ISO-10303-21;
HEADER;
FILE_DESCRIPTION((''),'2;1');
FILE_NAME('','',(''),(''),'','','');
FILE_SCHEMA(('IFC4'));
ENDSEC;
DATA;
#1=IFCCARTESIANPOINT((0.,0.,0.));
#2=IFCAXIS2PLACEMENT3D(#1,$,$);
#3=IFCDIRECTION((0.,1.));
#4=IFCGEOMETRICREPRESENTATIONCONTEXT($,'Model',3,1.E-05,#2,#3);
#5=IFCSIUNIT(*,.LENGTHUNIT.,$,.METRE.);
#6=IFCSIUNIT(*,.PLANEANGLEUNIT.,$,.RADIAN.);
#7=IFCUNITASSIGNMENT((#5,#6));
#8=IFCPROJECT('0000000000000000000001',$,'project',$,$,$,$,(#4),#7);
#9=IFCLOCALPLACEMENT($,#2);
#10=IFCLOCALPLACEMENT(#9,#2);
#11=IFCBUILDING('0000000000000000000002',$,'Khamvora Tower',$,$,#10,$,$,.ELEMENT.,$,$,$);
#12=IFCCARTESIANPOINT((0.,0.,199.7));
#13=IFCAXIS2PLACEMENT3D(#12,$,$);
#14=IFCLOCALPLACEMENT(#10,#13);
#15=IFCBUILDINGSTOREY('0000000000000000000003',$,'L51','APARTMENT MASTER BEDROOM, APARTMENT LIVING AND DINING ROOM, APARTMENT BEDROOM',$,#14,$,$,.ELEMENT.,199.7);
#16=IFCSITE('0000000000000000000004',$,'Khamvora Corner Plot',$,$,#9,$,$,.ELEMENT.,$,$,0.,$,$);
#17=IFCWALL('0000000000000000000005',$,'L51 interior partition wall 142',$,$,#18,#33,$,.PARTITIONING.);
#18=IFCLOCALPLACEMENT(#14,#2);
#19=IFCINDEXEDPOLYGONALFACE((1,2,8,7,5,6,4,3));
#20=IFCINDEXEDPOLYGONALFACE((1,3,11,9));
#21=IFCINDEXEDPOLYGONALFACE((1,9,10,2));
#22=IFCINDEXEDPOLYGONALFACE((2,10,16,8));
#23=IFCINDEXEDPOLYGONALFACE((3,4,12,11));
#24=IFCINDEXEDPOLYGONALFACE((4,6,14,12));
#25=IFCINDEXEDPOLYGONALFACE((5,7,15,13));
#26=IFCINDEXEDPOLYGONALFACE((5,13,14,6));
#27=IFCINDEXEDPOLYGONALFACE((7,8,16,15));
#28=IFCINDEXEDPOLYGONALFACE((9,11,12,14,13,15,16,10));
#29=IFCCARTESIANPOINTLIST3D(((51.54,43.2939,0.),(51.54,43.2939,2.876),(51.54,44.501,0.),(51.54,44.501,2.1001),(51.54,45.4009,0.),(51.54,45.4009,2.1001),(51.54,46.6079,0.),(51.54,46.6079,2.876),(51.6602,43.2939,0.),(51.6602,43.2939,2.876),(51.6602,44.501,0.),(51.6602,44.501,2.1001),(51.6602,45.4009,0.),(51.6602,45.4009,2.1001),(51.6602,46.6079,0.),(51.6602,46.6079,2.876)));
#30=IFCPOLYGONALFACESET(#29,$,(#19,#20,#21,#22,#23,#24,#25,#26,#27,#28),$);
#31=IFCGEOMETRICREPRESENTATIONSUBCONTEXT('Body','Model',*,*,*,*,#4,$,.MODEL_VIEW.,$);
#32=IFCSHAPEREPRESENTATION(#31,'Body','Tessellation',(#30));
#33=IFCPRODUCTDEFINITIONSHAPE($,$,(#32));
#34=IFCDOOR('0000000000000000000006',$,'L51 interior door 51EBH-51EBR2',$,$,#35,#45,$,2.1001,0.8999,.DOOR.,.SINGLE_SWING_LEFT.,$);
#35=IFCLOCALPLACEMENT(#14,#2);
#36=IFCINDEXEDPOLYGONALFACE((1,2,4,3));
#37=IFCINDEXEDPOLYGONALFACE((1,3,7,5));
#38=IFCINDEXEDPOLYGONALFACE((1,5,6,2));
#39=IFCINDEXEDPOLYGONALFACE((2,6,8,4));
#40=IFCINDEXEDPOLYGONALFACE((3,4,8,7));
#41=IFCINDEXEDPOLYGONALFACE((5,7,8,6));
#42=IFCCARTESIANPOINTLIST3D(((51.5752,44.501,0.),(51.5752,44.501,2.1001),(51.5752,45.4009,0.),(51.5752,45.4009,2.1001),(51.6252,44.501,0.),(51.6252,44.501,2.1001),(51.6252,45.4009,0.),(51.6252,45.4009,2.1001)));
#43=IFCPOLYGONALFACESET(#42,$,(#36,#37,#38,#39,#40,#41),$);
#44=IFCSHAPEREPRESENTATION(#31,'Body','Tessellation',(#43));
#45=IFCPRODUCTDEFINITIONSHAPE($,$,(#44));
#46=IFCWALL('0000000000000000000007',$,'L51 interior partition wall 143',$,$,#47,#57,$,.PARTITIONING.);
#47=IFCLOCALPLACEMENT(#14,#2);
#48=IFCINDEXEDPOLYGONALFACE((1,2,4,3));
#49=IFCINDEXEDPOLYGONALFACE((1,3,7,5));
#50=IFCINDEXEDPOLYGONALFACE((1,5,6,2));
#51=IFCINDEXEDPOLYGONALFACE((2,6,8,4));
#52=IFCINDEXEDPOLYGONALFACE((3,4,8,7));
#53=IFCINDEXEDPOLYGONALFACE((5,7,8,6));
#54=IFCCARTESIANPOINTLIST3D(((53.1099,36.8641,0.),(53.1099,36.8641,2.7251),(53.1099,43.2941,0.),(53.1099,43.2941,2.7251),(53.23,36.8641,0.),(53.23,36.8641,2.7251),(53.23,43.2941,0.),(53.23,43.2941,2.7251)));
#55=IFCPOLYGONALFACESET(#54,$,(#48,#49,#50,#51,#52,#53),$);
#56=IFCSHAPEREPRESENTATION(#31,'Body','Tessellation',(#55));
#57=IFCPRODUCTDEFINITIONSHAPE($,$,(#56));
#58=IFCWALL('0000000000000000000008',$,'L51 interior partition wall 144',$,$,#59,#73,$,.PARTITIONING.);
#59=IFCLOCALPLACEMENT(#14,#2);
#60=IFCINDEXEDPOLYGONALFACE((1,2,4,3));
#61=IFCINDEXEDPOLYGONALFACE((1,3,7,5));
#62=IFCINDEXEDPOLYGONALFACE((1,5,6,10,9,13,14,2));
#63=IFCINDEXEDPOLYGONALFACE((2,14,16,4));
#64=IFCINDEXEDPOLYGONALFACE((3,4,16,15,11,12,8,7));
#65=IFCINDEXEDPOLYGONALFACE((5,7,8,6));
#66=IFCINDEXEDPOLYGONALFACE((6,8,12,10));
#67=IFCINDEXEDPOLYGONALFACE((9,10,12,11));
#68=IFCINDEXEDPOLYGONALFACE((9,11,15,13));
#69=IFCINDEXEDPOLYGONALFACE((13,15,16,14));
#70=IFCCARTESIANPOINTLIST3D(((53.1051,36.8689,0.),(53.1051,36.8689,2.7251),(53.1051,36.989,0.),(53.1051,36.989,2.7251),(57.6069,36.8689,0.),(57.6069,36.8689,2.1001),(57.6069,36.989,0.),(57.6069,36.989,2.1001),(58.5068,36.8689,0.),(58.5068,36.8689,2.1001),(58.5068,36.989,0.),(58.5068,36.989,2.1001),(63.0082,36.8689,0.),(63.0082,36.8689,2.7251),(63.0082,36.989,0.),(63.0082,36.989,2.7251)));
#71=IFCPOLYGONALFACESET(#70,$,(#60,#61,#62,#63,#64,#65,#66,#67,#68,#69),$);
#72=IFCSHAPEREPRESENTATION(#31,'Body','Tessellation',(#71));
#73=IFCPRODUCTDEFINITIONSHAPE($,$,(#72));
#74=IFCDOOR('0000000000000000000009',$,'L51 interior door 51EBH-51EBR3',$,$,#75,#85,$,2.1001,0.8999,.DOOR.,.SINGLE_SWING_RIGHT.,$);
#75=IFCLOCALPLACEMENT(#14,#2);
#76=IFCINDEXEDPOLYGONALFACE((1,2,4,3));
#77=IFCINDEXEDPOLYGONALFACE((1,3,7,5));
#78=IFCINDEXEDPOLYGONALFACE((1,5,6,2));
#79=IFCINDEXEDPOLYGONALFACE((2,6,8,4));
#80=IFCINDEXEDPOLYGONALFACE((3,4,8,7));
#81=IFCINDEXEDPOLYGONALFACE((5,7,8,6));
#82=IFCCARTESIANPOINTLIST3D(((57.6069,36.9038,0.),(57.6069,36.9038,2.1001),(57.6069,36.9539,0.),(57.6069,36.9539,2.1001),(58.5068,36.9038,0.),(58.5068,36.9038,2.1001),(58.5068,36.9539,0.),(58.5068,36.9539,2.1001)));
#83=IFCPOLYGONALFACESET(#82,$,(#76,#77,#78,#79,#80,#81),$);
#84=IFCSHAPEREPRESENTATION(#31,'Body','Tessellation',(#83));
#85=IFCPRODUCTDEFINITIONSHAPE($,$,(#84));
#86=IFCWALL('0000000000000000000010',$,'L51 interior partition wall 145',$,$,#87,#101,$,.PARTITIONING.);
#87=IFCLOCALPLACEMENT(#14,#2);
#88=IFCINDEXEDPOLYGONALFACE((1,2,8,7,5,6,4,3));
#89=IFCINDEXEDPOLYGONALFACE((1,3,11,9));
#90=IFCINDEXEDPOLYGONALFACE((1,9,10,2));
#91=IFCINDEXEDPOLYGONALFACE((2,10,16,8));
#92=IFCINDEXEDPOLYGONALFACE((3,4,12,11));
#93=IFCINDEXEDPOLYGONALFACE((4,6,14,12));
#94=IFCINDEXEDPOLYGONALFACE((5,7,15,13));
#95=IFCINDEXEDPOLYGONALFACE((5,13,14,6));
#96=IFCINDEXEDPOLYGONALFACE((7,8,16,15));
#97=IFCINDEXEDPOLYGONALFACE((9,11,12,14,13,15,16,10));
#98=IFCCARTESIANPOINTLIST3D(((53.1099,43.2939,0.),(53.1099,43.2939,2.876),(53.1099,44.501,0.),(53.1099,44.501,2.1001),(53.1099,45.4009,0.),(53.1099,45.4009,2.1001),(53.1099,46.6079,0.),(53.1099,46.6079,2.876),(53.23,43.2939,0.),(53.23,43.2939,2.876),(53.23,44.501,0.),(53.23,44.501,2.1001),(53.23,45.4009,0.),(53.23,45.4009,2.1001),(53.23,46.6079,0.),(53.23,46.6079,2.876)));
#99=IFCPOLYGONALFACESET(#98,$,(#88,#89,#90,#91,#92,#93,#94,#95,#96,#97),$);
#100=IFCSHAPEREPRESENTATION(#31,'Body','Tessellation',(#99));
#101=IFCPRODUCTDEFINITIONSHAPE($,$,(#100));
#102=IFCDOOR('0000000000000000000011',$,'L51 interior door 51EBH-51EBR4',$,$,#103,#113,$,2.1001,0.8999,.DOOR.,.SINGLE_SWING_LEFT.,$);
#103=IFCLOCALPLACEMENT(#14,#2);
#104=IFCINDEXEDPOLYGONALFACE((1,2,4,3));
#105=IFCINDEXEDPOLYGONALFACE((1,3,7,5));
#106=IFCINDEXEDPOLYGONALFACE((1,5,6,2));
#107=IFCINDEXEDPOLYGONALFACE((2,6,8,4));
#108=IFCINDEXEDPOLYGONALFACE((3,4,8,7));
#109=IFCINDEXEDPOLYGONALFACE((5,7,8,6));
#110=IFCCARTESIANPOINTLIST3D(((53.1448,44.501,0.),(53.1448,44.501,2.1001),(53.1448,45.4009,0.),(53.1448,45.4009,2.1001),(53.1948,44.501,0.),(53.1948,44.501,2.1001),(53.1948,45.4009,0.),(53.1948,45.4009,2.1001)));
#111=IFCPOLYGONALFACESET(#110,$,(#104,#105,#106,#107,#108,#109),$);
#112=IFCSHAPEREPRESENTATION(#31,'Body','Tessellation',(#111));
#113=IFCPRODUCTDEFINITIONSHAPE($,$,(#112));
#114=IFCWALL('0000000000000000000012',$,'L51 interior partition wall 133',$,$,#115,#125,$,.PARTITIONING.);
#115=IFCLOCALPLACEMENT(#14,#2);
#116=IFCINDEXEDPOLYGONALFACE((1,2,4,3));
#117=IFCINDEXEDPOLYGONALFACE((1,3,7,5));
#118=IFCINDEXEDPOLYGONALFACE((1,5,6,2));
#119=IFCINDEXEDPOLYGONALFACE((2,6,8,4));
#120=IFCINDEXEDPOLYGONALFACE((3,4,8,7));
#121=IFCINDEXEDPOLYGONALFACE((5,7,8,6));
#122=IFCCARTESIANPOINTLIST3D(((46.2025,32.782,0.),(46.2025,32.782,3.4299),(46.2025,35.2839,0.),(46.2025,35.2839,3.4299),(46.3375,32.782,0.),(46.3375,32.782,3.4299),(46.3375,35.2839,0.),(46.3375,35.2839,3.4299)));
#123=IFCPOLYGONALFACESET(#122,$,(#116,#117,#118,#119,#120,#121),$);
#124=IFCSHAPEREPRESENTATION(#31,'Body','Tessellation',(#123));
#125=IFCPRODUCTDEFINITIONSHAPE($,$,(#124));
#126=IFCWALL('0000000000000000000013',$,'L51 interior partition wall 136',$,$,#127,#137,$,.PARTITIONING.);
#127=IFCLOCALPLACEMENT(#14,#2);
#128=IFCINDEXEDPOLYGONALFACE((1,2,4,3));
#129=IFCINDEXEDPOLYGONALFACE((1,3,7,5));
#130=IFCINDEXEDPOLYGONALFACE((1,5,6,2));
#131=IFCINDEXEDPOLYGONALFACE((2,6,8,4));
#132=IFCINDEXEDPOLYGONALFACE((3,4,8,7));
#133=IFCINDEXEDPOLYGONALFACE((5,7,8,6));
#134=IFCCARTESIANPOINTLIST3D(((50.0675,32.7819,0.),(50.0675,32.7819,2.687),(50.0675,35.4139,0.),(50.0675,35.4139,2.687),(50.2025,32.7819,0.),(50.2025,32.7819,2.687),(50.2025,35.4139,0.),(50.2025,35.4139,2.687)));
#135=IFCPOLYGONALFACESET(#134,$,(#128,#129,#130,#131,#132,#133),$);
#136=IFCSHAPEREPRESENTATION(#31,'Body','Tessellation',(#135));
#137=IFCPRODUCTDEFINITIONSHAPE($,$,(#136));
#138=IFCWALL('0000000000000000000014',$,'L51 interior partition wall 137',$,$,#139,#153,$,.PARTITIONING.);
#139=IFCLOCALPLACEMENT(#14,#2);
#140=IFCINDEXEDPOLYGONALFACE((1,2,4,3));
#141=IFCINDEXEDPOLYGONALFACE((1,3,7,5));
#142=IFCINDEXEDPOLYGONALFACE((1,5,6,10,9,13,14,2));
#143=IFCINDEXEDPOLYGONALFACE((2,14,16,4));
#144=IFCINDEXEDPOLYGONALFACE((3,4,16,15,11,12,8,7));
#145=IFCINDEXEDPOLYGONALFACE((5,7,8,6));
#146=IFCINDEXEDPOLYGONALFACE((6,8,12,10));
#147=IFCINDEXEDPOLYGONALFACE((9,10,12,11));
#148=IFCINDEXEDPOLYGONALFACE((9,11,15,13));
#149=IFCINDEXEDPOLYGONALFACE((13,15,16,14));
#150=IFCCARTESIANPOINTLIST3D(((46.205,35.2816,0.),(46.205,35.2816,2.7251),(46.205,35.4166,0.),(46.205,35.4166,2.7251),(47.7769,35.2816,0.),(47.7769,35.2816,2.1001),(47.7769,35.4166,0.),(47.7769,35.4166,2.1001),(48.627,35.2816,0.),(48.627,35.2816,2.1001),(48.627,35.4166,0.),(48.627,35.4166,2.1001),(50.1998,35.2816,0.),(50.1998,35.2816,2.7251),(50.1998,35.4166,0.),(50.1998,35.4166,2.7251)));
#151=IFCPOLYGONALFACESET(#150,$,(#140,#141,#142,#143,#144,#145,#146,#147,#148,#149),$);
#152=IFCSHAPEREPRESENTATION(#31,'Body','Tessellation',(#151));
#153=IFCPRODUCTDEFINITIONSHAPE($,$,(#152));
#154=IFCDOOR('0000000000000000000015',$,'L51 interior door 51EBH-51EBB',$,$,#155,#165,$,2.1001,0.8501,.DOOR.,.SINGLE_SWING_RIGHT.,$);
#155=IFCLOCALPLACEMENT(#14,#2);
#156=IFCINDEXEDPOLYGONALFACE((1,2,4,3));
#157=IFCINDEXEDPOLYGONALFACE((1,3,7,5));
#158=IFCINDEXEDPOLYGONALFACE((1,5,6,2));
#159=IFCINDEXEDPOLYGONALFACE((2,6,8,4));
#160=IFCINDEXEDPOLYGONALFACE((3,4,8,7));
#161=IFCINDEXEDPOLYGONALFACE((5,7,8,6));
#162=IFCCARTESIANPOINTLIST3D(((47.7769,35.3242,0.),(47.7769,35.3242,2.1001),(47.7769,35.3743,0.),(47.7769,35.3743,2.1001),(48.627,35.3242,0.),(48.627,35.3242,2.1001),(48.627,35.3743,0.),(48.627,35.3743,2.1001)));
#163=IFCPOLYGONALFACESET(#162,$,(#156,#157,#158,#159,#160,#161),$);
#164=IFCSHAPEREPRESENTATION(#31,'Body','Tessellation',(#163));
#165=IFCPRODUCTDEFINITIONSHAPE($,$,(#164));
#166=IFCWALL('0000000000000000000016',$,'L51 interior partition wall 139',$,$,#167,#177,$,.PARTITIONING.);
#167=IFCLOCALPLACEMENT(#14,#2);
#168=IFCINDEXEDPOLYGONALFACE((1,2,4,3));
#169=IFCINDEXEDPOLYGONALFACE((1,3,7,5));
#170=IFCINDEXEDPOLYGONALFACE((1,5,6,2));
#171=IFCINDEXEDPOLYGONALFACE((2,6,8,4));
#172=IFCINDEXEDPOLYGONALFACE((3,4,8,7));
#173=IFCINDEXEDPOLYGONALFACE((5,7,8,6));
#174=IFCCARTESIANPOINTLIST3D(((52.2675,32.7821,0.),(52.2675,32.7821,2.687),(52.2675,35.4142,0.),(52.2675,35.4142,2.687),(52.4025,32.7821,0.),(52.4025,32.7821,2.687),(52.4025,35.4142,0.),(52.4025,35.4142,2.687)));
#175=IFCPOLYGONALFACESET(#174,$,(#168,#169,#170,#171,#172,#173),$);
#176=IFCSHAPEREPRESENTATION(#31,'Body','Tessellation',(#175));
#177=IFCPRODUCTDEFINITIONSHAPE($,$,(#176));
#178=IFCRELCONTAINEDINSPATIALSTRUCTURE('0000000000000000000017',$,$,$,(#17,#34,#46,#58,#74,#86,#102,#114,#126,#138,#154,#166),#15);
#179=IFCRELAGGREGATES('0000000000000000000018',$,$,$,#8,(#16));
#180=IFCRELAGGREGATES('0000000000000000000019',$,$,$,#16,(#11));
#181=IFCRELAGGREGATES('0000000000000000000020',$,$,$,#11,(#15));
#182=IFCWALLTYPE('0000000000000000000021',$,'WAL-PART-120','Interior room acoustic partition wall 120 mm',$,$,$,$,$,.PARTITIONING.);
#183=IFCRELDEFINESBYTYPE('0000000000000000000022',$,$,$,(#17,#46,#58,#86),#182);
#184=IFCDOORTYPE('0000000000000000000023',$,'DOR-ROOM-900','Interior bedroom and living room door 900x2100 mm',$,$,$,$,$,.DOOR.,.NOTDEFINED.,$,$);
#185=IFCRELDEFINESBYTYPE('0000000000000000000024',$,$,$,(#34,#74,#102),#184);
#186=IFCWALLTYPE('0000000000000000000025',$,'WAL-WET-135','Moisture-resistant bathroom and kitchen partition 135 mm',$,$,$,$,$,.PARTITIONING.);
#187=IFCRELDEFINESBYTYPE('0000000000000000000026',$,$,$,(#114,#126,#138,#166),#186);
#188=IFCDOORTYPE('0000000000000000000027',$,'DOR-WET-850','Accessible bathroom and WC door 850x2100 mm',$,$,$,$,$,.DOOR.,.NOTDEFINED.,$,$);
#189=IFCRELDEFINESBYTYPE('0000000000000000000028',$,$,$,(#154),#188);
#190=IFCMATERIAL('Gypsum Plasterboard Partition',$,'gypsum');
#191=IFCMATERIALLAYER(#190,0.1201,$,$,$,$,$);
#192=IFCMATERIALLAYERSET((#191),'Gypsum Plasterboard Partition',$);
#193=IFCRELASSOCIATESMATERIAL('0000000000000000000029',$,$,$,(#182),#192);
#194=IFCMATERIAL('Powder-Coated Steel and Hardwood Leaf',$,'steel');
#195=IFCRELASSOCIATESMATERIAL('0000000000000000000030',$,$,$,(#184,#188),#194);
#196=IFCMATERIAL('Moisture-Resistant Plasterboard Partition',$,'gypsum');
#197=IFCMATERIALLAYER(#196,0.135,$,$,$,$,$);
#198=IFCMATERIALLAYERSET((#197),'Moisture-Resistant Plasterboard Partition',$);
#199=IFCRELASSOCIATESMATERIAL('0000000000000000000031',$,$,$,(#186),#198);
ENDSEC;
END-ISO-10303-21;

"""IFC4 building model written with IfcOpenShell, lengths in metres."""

from ifc_helpers import new_model, si_unit, direction, frame, frame_2d, origin, place, context, subcontext, project, spatial, rectangle, extrude, material, layer, layer_set, type_object, element, fill, save


model = new_model("IFC4")

# Units and contexts
model_context = context("Model", 3, precision=1e-05, world=origin(), true_north=direction((0.0, 1.0)))
body_context = subcontext(model_context, "Body", "Model", "MODEL_VIEW")
ifc_project = project(units=[si_unit("LENGTHUNIT", "METRE"), si_unit("PLANEANGLEUNIT", "RADIAN")], contexts=[model_context])

# Site, building, storey
site_placement = place(None, origin())
site = spatial("IfcSite", under=ifc_project, at=site_placement, Name="Khamvora Corner Plot", CompositionType="ELEMENT", RefElevation=0.0)
building_placement = place(site_placement, origin())
building = spatial("IfcBuilding", under=site, at=building_placement, Name="Khamvora Tower", CompositionType="ELEMENT")
storey_placement = place(building_placement, frame((0.0, 0.0, 199.7)))
storey = spatial("IfcBuildingStorey", under=building, at=storey_placement, Name="L51", Description="APARTMENT MASTER BEDROOM, APARTMENT LIVING AND DINING ROOM, APARTMENT BEDROOM", CompositionType="ELEMENT", Elevation=199.7)

# Shared definitions
ifc_material_1 = material(Name="Powder-Coated Steel and Hardwood Leaf", Category="steel")

# Shared definitions
ifc_material_2 = material(Name="Gypsum Plasterboard Partition", Category="gypsum")
ifc_layer_1 = layer(ifc_material_2, 0.1201)
ifc_layer_set_1 = layer_set([ifc_layer_1], Name="Gypsum Plasterboard Partition")
wall_type_1 = type_object("IfcWallType", Name="WAL-PART-120", Description="Interior room acoustic partition wall 120 mm", PredefinedType="PARTITIONING", material=ifc_layer_set_1)

# Wall, opening, door
wall_1_placement = place(storey_placement, frame((51.6001, 43.2939, 0.0), z_axis=(0.0, 0.0, 1.0), x_axis=(0.0, 1.0, 0.0)))
wall_1 = element("IfcWall", 1, at=wall_1_placement, inside=storey, type_object=wall_type_1, Name="L51 interior partition wall 142", PredefinedType="PARTITIONING", context=body_context, shape_type="SweptSolid", body=[
    extrude(rectangle(XDim=3.314, YDim=0.1201, at=frame_2d((1.657, 0.0))), origin(), (0.0, 0.0, 1.0), 2.876),
])
opening_1_placement = place(wall_1_placement, frame((1.207, 0.0, 0.0)))
opening_1 = element("IfcOpeningElement", 2, at=opening_1_placement, cuts=wall_1, PredefinedType="OPENING", context=body_context, shape_type="SweptSolid", body=[
    extrude(rectangle(XDim=0.8999, YDim=2.1001, at=frame_2d((0.45, 1.05))), frame((0.0, 0.0701, 0.0), z_axis=(0.0, -1.0, 0.0), x_axis=(1.0, 0.0, 0.0)), (0.0, 0.0, 1.0), 0.1401),
])
door_type_1 = type_object("IfcDoorType", Name="DOR-ROOM-900", Description="Interior bedroom and living room door 900x2100 mm", OperationType="NOTDEFINED", PredefinedType="DOOR", material=ifc_material_1)
door_1_placement = place(opening_1_placement, origin())
door_1 = element("IfcDoor", 3, at=door_1_placement, inside=storey, type_object=door_type_1, Name="L51 interior door 51EBH-51EBR2", OperationType="SINGLE_SWING_LEFT", OverallHeight=2.1001, OverallWidth=0.8999, PredefinedType="DOOR", context=body_context, shape_type="SweptSolid", body=[
    extrude(rectangle(XDim=0.8999, YDim=2.1001, at=frame_2d((0.45, 1.05))), frame((0.0, 0.0249, 0.0), z_axis=(0.0, -1.0, 0.0), x_axis=(1.0, 0.0, 0.0)), (0.0, 0.0, 1.0), 0.05),
])
fill(opening_1, door_1)

# Wall
wall_2_placement = place(storey_placement, frame((53.1699, 43.2939, 0.0), z_axis=(0.0, 0.0, 1.0), x_axis=(0.0, -1.0, 0.0)))
element("IfcWall", 4, at=wall_2_placement, inside=storey, type_object=wall_type_1, Name="L51 interior partition wall 143", PredefinedType="PARTITIONING", context=body_context, shape_type="SweptSolid", body=[
    extrude(rectangle(XDim=6.4299, YDim=0.1201, at=frame_2d((3.2148, 0.0))), origin(), (0.0, 0.0, 1.0), 2.7251),
])

# Walls, openings, doors
wall_3_placement = place(storey_placement, frame((53.105, 36.929, 0.0), z_axis=(0.0, 0.0, 1.0), x_axis=(1.0, 0.0, 0.0)))
wall_3 = element("IfcWall", 5, at=wall_3_placement, inside=storey, type_object=wall_type_1, Name="L51 interior partition wall 144", PredefinedType="PARTITIONING", context=body_context, shape_type="SweptSolid", body=[
    extrude(rectangle(XDim=9.9031, YDim=0.1201, at=frame_2d((4.9517, 0.0))), origin(), (0.0, 0.0, 1.0), 2.7251),
])
opening_2_placement = place(wall_3_placement, frame((4.502, 0.0, 0.0)))
opening_2 = element("IfcOpeningElement", 6, at=opening_2_placement, cuts=wall_3, PredefinedType="OPENING", context=body_context, shape_type="SweptSolid", body=[
    extrude(rectangle(XDim=0.8999, YDim=2.1001, at=frame_2d((0.45, 1.05))), frame((0.0, 0.0701, 0.0), z_axis=(0.0, -1.0, 0.0), x_axis=(1.0, 0.0, 0.0)), (0.0, 0.0, 1.0), 0.1401),
])
door_2_placement = place(opening_2_placement, origin())
door_2 = element("IfcDoor", 7, at=door_2_placement, inside=storey, type_object=door_type_1, Name="L51 interior door 51EBH-51EBR3", OperationType="SINGLE_SWING_RIGHT", OverallHeight=2.1001, OverallWidth=0.8999, PredefinedType="DOOR", context=body_context, shape_type="SweptSolid", body=[
    extrude(rectangle(XDim=0.8999, YDim=2.1001, at=frame_2d((0.45, 1.05))), frame((0.0, 0.0249, 0.0), z_axis=(0.0, -1.0, 0.0), x_axis=(1.0, 0.0, 0.0)), (0.0, 0.0, 1.0), 0.05),
])
fill(opening_2, door_2)
wall_4_placement = place(storey_placement, frame((53.1699, 46.6079, 0.0), z_axis=(0.0, 0.0, 1.0), x_axis=(0.0, -1.0, 0.0)))
wall_4 = element("IfcWall", 8, at=wall_4_placement, inside=storey, type_object=wall_type_1, Name="L51 interior partition wall 145", PredefinedType="PARTITIONING", context=body_context, shape_type="SweptSolid", body=[
    extrude(rectangle(XDim=3.314, YDim=0.1201, at=frame_2d((1.657, 0.0))), origin(), (0.0, 0.0, 1.0), 2.876),
])
opening_3_placement = place(wall_4_placement, frame((1.207, 0.0, 0.0)))
opening_3 = element("IfcOpeningElement", 9, at=opening_3_placement, cuts=wall_4, PredefinedType="OPENING", context=body_context, shape_type="SweptSolid", body=[
    extrude(rectangle(XDim=0.8999, YDim=2.1001, at=frame_2d((0.45, 1.05))), frame((0.0, 0.0701, 0.0), z_axis=(0.0, -1.0, 0.0), x_axis=(1.0, 0.0, 0.0)), (0.0, 0.0, 1.0), 0.1401),
])
door_3_placement = place(opening_3_placement, origin())
door_3 = element("IfcDoor", 10, at=door_3_placement, inside=storey, type_object=door_type_1, Name="L51 interior door 51EBH-51EBR4", OperationType="SINGLE_SWING_LEFT", OverallHeight=2.1001, OverallWidth=0.8999, PredefinedType="DOOR", context=body_context, shape_type="SweptSolid", body=[
    extrude(rectangle(XDim=0.8999, YDim=2.1001, at=frame_2d((0.45, 1.05))), frame((0.0, 0.0249, 0.0), z_axis=(0.0, -1.0, 0.0), x_axis=(1.0, 0.0, 0.0)), (0.0, 0.0, 1.0), 0.05),
])
fill(opening_3, door_3)

# Walls
ifc_material_3 = material(Name="Moisture-Resistant Plasterboard Partition", Category="gypsum")
ifc_layer_2 = layer(ifc_material_3, 0.135)
ifc_layer_set_2 = layer_set([ifc_layer_2], Name="Moisture-Resistant Plasterboard Partition")
wall_type_2 = type_object("IfcWallType", Name="WAL-WET-135", Description="Moisture-resistant bathroom and kitchen partition 135 mm", PredefinedType="PARTITIONING", material=ifc_layer_set_2)
wall_5_placement = place(storey_placement, frame((46.27, 35.2839, 0.0), z_axis=(0.0, 0.0, 1.0), x_axis=(0.0, -1.0, 0.0)))
element("IfcWall", 11, at=wall_5_placement, inside=storey, type_object=wall_type_2, Name="L51 interior partition wall 133", PredefinedType="PARTITIONING", context=body_context, shape_type="SweptSolid", body=[
    extrude(rectangle(XDim=2.502, YDim=0.135, at=frame_2d((1.251, 0.0))), origin(), (0.0, 0.0, 1.0), 3.4299),
])
wall_6_placement = place(storey_placement, frame((50.135, 32.782, 0.0), z_axis=(0.0, 0.0, 1.0), x_axis=(0.0, 1.0, 0.0)))
element("IfcWall", 12, at=wall_6_placement, inside=storey, type_object=wall_type_2, Name="L51 interior partition wall 136", PredefinedType="PARTITIONING", context=body_context, shape_type="SweptSolid", body=[
    extrude(rectangle(XDim=2.6321, YDim=0.135, at=frame_2d((1.3159, 0.0))), origin(), (0.0, 0.0, 1.0), 2.687),
])

# Wall, opening, door
wall_7_placement = place(storey_placement, frame((50.2, 35.3491, 0.0), z_axis=(0.0, 0.0, 1.0), x_axis=(-1.0, 0.0, 0.0)))
wall_7 = element("IfcWall", 13, at=wall_7_placement, inside=storey, type_object=wall_type_2, Name="L51 interior partition wall 137", PredefinedType="PARTITIONING", context=body_context, shape_type="SweptSolid", body=[
    extrude(rectangle(XDim=3.9949, YDim=0.135, at=frame_2d((1.9976, 0.0))), origin(), (0.0, 0.0, 1.0), 2.7251),
])
opening_4_placement = place(wall_7_placement, frame((1.573, 0.0, 0.0)))
opening_4 = element("IfcOpeningElement", 14, at=opening_4_placement, cuts=wall_7, PredefinedType="OPENING", context=body_context, shape_type="SweptSolid", body=[
    extrude(rectangle(XDim=0.8501, YDim=2.1001, at=frame_2d((0.425, 1.05))), frame((0.0, 0.0774, 0.0), z_axis=(0.0, -1.0, 0.0), x_axis=(1.0, 0.0, 0.0)), (0.0, 0.0, 1.0), 0.155),
])
door_type_2 = type_object("IfcDoorType", Name="DOR-WET-850", Description="Accessible bathroom and WC door 850x2100 mm", OperationType="NOTDEFINED", PredefinedType="DOOR", material=ifc_material_1)
door_4_placement = place(opening_4_placement, origin())
door_4 = element("IfcDoor", 15, at=door_4_placement, inside=storey, type_object=door_type_2, Name="L51 interior door 51EBH-51EBB", OperationType="SINGLE_SWING_RIGHT", OverallHeight=2.1001, OverallWidth=0.8501, PredefinedType="DOOR", context=body_context, shape_type="SweptSolid", body=[
    extrude(rectangle(XDim=0.8501, YDim=2.1001, at=frame_2d((0.425, 1.05))), frame((0.0, 0.0249, 0.0), z_axis=(0.0, -1.0, 0.0), x_axis=(1.0, 0.0, 0.0)), (0.0, 0.0, 1.0), 0.05),
])
fill(opening_4, door_4)

# Wall
wall_8_placement = place(storey_placement, frame((52.335, 35.4141, 0.0), z_axis=(0.0, 0.0, 1.0), x_axis=(0.0, -1.0, 0.0)))
element("IfcWall", 16, at=wall_8_placement, inside=storey, type_object=wall_type_2, Name="L51 interior partition wall 139", PredefinedType="PARTITIONING", context=body_context, shape_type="SweptSolid", body=[
    extrude(rectangle(XDim=2.6321, YDim=0.135, at=frame_2d((1.3159, 0.0))), origin(), (0.0, 0.0, 1.0), 2.687),
])

save(model, "model.ifc")
